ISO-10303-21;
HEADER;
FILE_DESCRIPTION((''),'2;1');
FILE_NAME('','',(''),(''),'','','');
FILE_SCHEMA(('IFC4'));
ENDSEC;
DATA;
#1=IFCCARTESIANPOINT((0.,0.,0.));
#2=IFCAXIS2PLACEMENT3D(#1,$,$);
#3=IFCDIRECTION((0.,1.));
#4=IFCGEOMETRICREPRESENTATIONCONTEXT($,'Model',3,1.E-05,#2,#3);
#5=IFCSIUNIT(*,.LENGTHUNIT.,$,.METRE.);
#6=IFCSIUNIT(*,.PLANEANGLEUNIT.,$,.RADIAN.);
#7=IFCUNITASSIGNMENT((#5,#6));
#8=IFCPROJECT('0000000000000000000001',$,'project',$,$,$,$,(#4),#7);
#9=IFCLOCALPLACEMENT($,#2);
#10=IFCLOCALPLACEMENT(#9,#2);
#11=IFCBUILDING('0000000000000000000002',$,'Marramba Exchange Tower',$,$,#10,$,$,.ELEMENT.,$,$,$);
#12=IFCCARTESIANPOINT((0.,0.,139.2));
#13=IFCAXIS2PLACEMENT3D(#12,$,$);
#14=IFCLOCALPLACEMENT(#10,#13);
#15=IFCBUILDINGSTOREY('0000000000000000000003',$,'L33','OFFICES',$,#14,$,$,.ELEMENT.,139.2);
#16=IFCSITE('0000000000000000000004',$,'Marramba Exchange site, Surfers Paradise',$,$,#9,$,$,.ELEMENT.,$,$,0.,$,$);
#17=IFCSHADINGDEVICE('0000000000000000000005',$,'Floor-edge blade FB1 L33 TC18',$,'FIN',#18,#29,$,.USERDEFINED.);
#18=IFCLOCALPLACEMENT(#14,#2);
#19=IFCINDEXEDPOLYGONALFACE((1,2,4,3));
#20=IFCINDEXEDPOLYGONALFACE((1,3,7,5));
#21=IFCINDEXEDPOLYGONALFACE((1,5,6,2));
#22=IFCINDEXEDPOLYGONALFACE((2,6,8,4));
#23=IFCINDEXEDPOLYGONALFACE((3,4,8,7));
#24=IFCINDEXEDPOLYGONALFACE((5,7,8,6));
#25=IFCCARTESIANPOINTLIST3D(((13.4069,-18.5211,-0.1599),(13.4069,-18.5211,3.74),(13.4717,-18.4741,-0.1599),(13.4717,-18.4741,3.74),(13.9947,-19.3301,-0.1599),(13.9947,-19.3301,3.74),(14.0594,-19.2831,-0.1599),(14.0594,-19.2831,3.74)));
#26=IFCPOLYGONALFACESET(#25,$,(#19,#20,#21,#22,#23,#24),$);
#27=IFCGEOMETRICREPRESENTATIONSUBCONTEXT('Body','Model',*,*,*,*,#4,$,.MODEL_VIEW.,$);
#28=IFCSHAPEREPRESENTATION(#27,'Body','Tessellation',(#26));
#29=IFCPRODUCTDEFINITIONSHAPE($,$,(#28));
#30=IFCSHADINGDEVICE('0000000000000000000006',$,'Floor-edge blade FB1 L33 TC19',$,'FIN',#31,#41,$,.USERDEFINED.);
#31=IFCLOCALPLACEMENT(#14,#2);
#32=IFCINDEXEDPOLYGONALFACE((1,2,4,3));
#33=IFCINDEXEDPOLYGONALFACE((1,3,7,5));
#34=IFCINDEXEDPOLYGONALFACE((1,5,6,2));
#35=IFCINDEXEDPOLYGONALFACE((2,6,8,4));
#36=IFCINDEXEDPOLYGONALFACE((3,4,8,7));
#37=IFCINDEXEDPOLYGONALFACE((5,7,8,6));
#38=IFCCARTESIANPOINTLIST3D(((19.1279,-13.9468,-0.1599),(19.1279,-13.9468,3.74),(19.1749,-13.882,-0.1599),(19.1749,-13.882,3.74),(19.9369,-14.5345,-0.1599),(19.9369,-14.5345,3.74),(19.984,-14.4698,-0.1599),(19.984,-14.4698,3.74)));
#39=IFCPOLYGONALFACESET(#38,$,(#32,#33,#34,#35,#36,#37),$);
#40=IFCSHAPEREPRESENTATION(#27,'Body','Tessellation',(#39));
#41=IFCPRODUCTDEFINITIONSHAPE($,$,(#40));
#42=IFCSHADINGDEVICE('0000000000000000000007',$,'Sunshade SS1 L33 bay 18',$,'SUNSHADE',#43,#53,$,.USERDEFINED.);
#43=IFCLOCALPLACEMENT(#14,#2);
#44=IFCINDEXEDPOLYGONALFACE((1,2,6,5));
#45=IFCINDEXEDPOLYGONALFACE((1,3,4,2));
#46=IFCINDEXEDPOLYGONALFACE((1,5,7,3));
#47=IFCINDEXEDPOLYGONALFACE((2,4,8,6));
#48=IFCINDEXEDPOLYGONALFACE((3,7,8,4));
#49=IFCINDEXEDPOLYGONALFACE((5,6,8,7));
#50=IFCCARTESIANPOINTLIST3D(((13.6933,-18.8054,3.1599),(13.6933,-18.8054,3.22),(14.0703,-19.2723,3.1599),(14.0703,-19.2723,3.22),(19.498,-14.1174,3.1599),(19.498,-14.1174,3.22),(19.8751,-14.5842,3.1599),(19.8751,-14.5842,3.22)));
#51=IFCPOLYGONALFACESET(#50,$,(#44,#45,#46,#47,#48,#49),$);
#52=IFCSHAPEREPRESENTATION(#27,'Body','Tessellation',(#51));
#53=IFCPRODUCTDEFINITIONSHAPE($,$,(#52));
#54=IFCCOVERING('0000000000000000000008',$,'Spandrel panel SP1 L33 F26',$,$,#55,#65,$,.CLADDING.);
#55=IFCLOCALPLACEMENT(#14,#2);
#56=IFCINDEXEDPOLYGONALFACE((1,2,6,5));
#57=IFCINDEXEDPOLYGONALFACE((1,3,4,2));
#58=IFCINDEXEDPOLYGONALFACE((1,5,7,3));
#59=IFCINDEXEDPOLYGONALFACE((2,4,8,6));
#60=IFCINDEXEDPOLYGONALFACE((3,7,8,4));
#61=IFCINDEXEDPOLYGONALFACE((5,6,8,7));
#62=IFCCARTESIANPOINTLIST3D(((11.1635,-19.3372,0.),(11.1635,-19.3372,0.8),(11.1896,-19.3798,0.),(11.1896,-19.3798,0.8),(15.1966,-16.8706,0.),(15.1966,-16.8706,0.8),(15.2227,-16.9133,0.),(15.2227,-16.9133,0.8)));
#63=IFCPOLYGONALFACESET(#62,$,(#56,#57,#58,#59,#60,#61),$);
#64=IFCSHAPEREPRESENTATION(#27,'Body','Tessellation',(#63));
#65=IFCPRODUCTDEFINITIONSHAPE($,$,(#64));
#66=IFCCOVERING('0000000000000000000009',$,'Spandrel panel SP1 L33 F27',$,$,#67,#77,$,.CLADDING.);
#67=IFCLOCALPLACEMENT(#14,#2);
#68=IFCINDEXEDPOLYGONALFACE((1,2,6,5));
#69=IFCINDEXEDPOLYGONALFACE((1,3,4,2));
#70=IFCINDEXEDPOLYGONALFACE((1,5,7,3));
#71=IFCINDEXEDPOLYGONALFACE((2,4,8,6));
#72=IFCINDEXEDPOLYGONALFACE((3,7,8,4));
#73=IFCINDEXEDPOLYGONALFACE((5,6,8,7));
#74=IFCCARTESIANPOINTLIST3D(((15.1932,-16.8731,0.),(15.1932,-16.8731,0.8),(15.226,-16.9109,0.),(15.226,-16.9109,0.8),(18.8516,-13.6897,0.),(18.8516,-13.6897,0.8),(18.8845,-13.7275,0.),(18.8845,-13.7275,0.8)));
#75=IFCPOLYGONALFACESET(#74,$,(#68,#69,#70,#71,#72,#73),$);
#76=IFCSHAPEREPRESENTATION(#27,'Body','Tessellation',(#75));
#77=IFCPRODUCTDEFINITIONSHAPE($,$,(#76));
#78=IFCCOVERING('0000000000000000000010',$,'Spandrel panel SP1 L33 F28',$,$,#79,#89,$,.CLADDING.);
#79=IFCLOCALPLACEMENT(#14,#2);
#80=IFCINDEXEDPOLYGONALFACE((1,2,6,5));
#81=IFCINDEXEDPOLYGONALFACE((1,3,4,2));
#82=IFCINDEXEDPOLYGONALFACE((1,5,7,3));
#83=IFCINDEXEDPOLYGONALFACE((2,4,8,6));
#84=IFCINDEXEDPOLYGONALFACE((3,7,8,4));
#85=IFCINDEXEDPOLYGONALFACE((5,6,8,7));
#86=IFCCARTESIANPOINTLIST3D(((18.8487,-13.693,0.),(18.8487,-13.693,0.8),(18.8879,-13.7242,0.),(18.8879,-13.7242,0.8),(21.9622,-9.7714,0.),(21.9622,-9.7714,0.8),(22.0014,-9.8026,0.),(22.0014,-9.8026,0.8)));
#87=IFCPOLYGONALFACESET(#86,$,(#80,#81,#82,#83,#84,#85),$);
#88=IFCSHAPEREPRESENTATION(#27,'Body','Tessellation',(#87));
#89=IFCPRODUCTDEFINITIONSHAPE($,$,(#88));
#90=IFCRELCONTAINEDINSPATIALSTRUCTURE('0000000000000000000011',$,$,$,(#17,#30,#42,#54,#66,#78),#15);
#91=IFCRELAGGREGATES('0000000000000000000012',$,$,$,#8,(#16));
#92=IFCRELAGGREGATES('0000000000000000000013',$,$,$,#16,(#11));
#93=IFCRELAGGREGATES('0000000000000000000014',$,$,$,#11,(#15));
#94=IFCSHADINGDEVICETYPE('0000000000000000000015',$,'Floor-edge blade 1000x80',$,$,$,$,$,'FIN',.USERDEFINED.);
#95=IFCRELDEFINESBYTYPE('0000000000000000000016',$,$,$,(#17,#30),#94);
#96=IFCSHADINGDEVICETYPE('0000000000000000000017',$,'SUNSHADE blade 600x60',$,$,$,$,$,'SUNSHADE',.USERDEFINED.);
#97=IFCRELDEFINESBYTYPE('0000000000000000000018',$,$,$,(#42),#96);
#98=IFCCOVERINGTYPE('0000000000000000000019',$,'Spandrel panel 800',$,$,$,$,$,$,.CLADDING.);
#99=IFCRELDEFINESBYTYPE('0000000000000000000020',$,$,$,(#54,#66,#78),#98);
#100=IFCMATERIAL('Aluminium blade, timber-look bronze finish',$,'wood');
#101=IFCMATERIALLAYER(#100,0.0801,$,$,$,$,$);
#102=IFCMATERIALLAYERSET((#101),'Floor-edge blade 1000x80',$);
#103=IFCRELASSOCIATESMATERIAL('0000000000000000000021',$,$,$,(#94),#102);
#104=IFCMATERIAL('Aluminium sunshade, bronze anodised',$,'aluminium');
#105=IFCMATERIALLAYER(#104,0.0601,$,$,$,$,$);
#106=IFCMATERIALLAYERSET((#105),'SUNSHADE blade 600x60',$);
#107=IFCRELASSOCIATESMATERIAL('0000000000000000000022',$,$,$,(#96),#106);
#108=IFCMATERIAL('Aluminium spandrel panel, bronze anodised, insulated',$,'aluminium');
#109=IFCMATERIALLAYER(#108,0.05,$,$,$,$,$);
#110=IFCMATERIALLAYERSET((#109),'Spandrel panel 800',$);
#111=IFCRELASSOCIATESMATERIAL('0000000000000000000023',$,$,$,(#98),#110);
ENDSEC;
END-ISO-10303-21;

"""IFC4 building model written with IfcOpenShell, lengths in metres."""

from ifc_helpers import new_model, si_unit, direction, frame, origin, origin_2d, place, context, subcontext, project, spatial, rectangle, extrude, material, layer, layer_set, type_object, element, save


model = new_model("IFC4")

# Units and contexts
model_context = context("Model", 3, precision=1e-05, world=origin(), true_north=direction((0.0, 1.0)))
body_context = subcontext(model_context, "Body", "Model", "MODEL_VIEW")
ifc_project = project(units=[si_unit("LENGTHUNIT", "METRE"), si_unit("PLANEANGLEUNIT", "RADIAN")], contexts=[model_context])

# Site, building, storey
site_placement = place(None, origin())
site = spatial("IfcSite", under=ifc_project, at=site_placement, Name="Marramba Exchange site, Surfers Paradise", CompositionType="ELEMENT", RefElevation=0.0)
building_placement = place(site_placement, origin())
building = spatial("IfcBuilding", under=site, at=building_placement, Name="Marramba Exchange Tower", CompositionType="ELEMENT")
storey_placement = place(building_placement, frame((0.0, 0.0, 139.2)))
storey = spatial("IfcBuildingStorey", under=building, at=storey_placement, Name="L33", Description="OFFICES", CompositionType="ELEMENT", Elevation=139.2)

# Shading devices
ifc_material_1 = material(Name="Aluminium blade, timber-look bronze finish", Category="wood")
ifc_layer_1 = layer(ifc_material_1, 0.0801)
ifc_layer_set_1 = layer_set([ifc_layer_1], Name="Floor-edge blade 1000x80")
shading_device_type_1 = type_object("IfcShadingDeviceType", Name="Floor-edge blade 1000x80", ElementType="FIN", PredefinedType="USERDEFINED", material=ifc_layer_set_1)
for number, where, z_axis, x_axis, name in (
    (1, (13.7332, -18.9021, -0.1599), (0.0, 0.0, 1.0), (0.587785, -0.809017, 0.0), "Floor-edge blade FB1 L33 TC18"),
    (2, (19.5559, -14.2083, -0.1599), (0.0, 0.0, 1.0), (0.809017, -0.587785, 0.0), "Floor-edge blade FB1 L33 TC19"),
):
    element("IfcShadingDevice", number, at=place(storey_placement, frame(where, z_axis=z_axis, x_axis=x_axis)), inside=storey, type_object=shading_device_type_1, Name=name, ObjectType="FIN", PredefinedType="USERDEFINED", context=body_context, shape_type="SweptSolid", body=[
        extrude(rectangle(XDim=1.0, YDim=0.0801, at=origin_2d()), origin(), (0.0, 0.0, 1.0), 3.8999),
    ])
ifc_material_2 = material(Name="Aluminium sunshade, bronze anodised", Category="aluminium")
ifc_layer_2 = layer(ifc_material_2, 0.0601)
ifc_layer_set_2 = layer_set([ifc_layer_2], Name="SUNSHADE blade 600x60")
shading_device_type_2 = type_object("IfcShadingDeviceType", Name="SUNSHADE blade 600x60", ElementType="SUNSHADE", PredefinedType="USERDEFINED", material=ifc_layer_set_2)
shading_device_placement = place(storey_placement, frame((16.7842, -16.6948, 3.1599), z_axis=(0.0, 0.0, 1.0), x_axis=(0.777962, 0.628311, 0.0)))
element("IfcShadingDevice", 3, at=shading_device_placement, inside=storey, type_object=shading_device_type_2, Name="Sunshade SS1 L33 bay 18", ObjectType="SUNSHADE", PredefinedType="USERDEFINED", context=body_context, shape_type="SweptSolid", body=[
    extrude(rectangle(XDim=7.4614, YDim=0.6001, at=origin_2d()), origin(), (0.0, 0.0, 1.0), 0.0601),
])

# Coverings
ifc_material_3 = material(Name="Aluminium spandrel panel, bronze anodised, insulated", Category="aluminium")
ifc_layer_3 = layer(ifc_material_3, 0.05)
ifc_layer_set_3 = layer_set([ifc_layer_3], Name="Spandrel panel 800")
covering_type = type_object("IfcCoveringType", Name="Spandrel panel 800", PredefinedType="CLADDING", material=ifc_layer_set_3)
covering_1_placement = place(storey_placement, frame((13.1931, -18.1252, 0.0), z_axis=(0.0, 0.0, 1.0), x_axis=(0.853109, 0.521733, 0.0)))
element("IfcCovering", 4, at=covering_1_placement, inside=storey, type_object=covering_type, Name="Spandrel panel SP1 L33 F26", PredefinedType="CLADDING", context=body_context, shape_type="SweptSolid", body=[
    extrude(rectangle(XDim=4.7275, YDim=0.05, at=origin_2d()), origin(), (0.0, 0.0, 1.0), 0.8),
])
covering_2_placement = place(storey_placement, frame((17.0388, -15.3003, 0.0), z_axis=(0.0, 0.0, 1.0), x_axis=(0.754386, 0.656432, 0.0)))
element("IfcCovering", 5, at=covering_2_placement, inside=storey, type_object=covering_type, Name="Spandrel panel SP1 L33 F27", PredefinedType="CLADDING", context=body_context, shape_type="SweptSolid", body=[
    extrude(rectangle(XDim=4.8496, YDim=0.05, at=origin_2d()), origin(), (0.0, 0.0, 1.0), 0.8),
])
covering_3_placement = place(storey_placement, frame((20.425, -11.7478, 0.0), z_axis=(0.0, 0.0, 1.0), x_axis=(0.621807, 0.78317, 0.0)))
element("IfcCovering", 6, at=covering_3_placement, inside=storey, type_object=covering_type, Name="Spandrel panel SP1 L33 F28", PredefinedType="CLADDING", context=body_context, shape_type="SweptSolid", body=[
    extrude(rectangle(XDim=5.0073, YDim=0.05, at=origin_2d()), origin(), (0.0, 0.0, 1.0), 0.8),
])

save(model, "model.ifc")
